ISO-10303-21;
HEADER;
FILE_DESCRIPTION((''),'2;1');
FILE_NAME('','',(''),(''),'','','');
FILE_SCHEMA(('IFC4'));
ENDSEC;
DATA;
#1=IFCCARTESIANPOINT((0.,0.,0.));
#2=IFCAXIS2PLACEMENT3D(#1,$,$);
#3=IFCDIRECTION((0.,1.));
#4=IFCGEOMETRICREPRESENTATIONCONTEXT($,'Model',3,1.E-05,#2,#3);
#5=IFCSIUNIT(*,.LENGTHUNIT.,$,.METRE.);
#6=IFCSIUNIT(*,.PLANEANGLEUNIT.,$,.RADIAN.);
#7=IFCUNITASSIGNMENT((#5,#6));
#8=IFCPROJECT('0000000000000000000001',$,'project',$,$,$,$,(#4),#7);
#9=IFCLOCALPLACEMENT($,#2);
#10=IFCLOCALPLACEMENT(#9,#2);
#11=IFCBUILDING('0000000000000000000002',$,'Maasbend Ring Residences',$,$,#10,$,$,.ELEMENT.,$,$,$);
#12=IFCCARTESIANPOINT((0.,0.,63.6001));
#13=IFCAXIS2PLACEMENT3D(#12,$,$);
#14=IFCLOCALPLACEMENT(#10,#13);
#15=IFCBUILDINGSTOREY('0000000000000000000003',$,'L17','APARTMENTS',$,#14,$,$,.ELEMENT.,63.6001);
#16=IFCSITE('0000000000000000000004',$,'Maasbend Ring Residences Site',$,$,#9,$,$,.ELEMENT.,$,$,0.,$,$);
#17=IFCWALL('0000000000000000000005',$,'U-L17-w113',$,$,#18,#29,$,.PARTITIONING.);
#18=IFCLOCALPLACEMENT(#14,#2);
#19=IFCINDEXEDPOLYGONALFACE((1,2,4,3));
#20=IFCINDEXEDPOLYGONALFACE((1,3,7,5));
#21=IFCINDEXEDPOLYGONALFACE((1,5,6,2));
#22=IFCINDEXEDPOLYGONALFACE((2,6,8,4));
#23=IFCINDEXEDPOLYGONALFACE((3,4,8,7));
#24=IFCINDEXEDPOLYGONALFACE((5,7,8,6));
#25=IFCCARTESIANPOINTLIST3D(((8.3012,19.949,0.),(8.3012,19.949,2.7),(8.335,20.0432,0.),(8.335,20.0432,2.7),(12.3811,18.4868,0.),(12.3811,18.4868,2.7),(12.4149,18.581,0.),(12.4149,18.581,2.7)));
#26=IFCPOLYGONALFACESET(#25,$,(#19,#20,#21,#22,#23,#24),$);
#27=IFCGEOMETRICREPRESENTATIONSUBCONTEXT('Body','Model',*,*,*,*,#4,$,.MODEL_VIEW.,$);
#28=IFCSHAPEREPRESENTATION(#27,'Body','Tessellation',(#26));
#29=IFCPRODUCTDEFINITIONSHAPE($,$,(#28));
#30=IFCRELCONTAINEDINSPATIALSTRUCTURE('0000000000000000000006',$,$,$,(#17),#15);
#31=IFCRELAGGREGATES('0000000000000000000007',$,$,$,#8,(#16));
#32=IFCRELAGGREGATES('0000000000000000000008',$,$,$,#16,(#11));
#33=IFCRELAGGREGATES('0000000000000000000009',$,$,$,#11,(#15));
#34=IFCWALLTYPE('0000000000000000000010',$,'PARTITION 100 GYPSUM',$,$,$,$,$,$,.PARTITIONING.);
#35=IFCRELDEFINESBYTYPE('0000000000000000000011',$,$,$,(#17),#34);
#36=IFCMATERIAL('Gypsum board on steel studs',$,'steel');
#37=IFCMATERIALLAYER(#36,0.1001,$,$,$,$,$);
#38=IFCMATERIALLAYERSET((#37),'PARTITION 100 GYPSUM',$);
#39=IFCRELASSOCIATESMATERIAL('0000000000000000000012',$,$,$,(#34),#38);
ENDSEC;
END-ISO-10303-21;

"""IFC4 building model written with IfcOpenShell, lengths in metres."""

from ifc_helpers import new_model, si_unit, direction, frame, frame_2d, origin, place, context, subcontext, project, spatial, rectangle, extrude, material, layer, layer_set, type_object, element, save


model = new_model("IFC4")

# Units and contexts
model_context = context("Model", 3, precision=1e-05, world=origin(), true_north=direction((0.0, 1.0)))
body_context = subcontext(model_context, "Body", "Model", "MODEL_VIEW")
ifc_project = project(units=[si_unit("LENGTHUNIT", "METRE"), si_unit("PLANEANGLEUNIT", "RADIAN")], contexts=[model_context])

# Site, building, storey
site_placement = place(None, origin())
site = spatial("IfcSite", under=ifc_project, at=site_placement, Name="Maasbend Ring Residences Site", CompositionType="ELEMENT", RefElevation=0.0)
building_placement = place(site_placement, origin())
building = spatial("IfcBuilding", under=site, at=building_placement, Name="Maasbend Ring Residences", CompositionType="ELEMENT")
storey_placement = place(building_placement, frame((0.0, 0.0, 63.6001)))
storey = spatial("IfcBuildingStorey", under=building, at=storey_placement, Name="L17", Description="APARTMENTS", CompositionType="ELEMENT", Elevation=63.6001)

# Shared definitions
ifc_material_1 = material(Name="Gypsum board on steel studs", Category="steel")
ifc_layer_1 = layer(ifc_material_1, 0.1001)
ifc_layer_set_1 = layer_set([ifc_layer_1], Name="PARTITION 100 GYPSUM")
wall_type_1 = type_object("IfcWallType", Name="PARTITION 100 GYPSUM", PredefinedType="PARTITIONING", material=ifc_layer_set_1)

# Wall
wall_1_placement = place(storey_placement, frame((8.3181, 19.9961, 0.0), z_axis=(0.0, 0.0, 1.0), x_axis=(0.94137, -0.337375, 0.0)))
element("IfcWall", 1, at=wall_1_placement, inside=storey, type_object=wall_type_1, Name="U-L17-w113", PredefinedType="PARTITIONING", context=body_context, shape_type="SweptSolid", body=[
    extrude(rectangle(XDim=4.334, YDim=0.1001, at=frame_2d((2.167, 0.0))), origin(), (0.0, 0.0, 1.0), 2.7),
])

save(model, "model.ifc")
